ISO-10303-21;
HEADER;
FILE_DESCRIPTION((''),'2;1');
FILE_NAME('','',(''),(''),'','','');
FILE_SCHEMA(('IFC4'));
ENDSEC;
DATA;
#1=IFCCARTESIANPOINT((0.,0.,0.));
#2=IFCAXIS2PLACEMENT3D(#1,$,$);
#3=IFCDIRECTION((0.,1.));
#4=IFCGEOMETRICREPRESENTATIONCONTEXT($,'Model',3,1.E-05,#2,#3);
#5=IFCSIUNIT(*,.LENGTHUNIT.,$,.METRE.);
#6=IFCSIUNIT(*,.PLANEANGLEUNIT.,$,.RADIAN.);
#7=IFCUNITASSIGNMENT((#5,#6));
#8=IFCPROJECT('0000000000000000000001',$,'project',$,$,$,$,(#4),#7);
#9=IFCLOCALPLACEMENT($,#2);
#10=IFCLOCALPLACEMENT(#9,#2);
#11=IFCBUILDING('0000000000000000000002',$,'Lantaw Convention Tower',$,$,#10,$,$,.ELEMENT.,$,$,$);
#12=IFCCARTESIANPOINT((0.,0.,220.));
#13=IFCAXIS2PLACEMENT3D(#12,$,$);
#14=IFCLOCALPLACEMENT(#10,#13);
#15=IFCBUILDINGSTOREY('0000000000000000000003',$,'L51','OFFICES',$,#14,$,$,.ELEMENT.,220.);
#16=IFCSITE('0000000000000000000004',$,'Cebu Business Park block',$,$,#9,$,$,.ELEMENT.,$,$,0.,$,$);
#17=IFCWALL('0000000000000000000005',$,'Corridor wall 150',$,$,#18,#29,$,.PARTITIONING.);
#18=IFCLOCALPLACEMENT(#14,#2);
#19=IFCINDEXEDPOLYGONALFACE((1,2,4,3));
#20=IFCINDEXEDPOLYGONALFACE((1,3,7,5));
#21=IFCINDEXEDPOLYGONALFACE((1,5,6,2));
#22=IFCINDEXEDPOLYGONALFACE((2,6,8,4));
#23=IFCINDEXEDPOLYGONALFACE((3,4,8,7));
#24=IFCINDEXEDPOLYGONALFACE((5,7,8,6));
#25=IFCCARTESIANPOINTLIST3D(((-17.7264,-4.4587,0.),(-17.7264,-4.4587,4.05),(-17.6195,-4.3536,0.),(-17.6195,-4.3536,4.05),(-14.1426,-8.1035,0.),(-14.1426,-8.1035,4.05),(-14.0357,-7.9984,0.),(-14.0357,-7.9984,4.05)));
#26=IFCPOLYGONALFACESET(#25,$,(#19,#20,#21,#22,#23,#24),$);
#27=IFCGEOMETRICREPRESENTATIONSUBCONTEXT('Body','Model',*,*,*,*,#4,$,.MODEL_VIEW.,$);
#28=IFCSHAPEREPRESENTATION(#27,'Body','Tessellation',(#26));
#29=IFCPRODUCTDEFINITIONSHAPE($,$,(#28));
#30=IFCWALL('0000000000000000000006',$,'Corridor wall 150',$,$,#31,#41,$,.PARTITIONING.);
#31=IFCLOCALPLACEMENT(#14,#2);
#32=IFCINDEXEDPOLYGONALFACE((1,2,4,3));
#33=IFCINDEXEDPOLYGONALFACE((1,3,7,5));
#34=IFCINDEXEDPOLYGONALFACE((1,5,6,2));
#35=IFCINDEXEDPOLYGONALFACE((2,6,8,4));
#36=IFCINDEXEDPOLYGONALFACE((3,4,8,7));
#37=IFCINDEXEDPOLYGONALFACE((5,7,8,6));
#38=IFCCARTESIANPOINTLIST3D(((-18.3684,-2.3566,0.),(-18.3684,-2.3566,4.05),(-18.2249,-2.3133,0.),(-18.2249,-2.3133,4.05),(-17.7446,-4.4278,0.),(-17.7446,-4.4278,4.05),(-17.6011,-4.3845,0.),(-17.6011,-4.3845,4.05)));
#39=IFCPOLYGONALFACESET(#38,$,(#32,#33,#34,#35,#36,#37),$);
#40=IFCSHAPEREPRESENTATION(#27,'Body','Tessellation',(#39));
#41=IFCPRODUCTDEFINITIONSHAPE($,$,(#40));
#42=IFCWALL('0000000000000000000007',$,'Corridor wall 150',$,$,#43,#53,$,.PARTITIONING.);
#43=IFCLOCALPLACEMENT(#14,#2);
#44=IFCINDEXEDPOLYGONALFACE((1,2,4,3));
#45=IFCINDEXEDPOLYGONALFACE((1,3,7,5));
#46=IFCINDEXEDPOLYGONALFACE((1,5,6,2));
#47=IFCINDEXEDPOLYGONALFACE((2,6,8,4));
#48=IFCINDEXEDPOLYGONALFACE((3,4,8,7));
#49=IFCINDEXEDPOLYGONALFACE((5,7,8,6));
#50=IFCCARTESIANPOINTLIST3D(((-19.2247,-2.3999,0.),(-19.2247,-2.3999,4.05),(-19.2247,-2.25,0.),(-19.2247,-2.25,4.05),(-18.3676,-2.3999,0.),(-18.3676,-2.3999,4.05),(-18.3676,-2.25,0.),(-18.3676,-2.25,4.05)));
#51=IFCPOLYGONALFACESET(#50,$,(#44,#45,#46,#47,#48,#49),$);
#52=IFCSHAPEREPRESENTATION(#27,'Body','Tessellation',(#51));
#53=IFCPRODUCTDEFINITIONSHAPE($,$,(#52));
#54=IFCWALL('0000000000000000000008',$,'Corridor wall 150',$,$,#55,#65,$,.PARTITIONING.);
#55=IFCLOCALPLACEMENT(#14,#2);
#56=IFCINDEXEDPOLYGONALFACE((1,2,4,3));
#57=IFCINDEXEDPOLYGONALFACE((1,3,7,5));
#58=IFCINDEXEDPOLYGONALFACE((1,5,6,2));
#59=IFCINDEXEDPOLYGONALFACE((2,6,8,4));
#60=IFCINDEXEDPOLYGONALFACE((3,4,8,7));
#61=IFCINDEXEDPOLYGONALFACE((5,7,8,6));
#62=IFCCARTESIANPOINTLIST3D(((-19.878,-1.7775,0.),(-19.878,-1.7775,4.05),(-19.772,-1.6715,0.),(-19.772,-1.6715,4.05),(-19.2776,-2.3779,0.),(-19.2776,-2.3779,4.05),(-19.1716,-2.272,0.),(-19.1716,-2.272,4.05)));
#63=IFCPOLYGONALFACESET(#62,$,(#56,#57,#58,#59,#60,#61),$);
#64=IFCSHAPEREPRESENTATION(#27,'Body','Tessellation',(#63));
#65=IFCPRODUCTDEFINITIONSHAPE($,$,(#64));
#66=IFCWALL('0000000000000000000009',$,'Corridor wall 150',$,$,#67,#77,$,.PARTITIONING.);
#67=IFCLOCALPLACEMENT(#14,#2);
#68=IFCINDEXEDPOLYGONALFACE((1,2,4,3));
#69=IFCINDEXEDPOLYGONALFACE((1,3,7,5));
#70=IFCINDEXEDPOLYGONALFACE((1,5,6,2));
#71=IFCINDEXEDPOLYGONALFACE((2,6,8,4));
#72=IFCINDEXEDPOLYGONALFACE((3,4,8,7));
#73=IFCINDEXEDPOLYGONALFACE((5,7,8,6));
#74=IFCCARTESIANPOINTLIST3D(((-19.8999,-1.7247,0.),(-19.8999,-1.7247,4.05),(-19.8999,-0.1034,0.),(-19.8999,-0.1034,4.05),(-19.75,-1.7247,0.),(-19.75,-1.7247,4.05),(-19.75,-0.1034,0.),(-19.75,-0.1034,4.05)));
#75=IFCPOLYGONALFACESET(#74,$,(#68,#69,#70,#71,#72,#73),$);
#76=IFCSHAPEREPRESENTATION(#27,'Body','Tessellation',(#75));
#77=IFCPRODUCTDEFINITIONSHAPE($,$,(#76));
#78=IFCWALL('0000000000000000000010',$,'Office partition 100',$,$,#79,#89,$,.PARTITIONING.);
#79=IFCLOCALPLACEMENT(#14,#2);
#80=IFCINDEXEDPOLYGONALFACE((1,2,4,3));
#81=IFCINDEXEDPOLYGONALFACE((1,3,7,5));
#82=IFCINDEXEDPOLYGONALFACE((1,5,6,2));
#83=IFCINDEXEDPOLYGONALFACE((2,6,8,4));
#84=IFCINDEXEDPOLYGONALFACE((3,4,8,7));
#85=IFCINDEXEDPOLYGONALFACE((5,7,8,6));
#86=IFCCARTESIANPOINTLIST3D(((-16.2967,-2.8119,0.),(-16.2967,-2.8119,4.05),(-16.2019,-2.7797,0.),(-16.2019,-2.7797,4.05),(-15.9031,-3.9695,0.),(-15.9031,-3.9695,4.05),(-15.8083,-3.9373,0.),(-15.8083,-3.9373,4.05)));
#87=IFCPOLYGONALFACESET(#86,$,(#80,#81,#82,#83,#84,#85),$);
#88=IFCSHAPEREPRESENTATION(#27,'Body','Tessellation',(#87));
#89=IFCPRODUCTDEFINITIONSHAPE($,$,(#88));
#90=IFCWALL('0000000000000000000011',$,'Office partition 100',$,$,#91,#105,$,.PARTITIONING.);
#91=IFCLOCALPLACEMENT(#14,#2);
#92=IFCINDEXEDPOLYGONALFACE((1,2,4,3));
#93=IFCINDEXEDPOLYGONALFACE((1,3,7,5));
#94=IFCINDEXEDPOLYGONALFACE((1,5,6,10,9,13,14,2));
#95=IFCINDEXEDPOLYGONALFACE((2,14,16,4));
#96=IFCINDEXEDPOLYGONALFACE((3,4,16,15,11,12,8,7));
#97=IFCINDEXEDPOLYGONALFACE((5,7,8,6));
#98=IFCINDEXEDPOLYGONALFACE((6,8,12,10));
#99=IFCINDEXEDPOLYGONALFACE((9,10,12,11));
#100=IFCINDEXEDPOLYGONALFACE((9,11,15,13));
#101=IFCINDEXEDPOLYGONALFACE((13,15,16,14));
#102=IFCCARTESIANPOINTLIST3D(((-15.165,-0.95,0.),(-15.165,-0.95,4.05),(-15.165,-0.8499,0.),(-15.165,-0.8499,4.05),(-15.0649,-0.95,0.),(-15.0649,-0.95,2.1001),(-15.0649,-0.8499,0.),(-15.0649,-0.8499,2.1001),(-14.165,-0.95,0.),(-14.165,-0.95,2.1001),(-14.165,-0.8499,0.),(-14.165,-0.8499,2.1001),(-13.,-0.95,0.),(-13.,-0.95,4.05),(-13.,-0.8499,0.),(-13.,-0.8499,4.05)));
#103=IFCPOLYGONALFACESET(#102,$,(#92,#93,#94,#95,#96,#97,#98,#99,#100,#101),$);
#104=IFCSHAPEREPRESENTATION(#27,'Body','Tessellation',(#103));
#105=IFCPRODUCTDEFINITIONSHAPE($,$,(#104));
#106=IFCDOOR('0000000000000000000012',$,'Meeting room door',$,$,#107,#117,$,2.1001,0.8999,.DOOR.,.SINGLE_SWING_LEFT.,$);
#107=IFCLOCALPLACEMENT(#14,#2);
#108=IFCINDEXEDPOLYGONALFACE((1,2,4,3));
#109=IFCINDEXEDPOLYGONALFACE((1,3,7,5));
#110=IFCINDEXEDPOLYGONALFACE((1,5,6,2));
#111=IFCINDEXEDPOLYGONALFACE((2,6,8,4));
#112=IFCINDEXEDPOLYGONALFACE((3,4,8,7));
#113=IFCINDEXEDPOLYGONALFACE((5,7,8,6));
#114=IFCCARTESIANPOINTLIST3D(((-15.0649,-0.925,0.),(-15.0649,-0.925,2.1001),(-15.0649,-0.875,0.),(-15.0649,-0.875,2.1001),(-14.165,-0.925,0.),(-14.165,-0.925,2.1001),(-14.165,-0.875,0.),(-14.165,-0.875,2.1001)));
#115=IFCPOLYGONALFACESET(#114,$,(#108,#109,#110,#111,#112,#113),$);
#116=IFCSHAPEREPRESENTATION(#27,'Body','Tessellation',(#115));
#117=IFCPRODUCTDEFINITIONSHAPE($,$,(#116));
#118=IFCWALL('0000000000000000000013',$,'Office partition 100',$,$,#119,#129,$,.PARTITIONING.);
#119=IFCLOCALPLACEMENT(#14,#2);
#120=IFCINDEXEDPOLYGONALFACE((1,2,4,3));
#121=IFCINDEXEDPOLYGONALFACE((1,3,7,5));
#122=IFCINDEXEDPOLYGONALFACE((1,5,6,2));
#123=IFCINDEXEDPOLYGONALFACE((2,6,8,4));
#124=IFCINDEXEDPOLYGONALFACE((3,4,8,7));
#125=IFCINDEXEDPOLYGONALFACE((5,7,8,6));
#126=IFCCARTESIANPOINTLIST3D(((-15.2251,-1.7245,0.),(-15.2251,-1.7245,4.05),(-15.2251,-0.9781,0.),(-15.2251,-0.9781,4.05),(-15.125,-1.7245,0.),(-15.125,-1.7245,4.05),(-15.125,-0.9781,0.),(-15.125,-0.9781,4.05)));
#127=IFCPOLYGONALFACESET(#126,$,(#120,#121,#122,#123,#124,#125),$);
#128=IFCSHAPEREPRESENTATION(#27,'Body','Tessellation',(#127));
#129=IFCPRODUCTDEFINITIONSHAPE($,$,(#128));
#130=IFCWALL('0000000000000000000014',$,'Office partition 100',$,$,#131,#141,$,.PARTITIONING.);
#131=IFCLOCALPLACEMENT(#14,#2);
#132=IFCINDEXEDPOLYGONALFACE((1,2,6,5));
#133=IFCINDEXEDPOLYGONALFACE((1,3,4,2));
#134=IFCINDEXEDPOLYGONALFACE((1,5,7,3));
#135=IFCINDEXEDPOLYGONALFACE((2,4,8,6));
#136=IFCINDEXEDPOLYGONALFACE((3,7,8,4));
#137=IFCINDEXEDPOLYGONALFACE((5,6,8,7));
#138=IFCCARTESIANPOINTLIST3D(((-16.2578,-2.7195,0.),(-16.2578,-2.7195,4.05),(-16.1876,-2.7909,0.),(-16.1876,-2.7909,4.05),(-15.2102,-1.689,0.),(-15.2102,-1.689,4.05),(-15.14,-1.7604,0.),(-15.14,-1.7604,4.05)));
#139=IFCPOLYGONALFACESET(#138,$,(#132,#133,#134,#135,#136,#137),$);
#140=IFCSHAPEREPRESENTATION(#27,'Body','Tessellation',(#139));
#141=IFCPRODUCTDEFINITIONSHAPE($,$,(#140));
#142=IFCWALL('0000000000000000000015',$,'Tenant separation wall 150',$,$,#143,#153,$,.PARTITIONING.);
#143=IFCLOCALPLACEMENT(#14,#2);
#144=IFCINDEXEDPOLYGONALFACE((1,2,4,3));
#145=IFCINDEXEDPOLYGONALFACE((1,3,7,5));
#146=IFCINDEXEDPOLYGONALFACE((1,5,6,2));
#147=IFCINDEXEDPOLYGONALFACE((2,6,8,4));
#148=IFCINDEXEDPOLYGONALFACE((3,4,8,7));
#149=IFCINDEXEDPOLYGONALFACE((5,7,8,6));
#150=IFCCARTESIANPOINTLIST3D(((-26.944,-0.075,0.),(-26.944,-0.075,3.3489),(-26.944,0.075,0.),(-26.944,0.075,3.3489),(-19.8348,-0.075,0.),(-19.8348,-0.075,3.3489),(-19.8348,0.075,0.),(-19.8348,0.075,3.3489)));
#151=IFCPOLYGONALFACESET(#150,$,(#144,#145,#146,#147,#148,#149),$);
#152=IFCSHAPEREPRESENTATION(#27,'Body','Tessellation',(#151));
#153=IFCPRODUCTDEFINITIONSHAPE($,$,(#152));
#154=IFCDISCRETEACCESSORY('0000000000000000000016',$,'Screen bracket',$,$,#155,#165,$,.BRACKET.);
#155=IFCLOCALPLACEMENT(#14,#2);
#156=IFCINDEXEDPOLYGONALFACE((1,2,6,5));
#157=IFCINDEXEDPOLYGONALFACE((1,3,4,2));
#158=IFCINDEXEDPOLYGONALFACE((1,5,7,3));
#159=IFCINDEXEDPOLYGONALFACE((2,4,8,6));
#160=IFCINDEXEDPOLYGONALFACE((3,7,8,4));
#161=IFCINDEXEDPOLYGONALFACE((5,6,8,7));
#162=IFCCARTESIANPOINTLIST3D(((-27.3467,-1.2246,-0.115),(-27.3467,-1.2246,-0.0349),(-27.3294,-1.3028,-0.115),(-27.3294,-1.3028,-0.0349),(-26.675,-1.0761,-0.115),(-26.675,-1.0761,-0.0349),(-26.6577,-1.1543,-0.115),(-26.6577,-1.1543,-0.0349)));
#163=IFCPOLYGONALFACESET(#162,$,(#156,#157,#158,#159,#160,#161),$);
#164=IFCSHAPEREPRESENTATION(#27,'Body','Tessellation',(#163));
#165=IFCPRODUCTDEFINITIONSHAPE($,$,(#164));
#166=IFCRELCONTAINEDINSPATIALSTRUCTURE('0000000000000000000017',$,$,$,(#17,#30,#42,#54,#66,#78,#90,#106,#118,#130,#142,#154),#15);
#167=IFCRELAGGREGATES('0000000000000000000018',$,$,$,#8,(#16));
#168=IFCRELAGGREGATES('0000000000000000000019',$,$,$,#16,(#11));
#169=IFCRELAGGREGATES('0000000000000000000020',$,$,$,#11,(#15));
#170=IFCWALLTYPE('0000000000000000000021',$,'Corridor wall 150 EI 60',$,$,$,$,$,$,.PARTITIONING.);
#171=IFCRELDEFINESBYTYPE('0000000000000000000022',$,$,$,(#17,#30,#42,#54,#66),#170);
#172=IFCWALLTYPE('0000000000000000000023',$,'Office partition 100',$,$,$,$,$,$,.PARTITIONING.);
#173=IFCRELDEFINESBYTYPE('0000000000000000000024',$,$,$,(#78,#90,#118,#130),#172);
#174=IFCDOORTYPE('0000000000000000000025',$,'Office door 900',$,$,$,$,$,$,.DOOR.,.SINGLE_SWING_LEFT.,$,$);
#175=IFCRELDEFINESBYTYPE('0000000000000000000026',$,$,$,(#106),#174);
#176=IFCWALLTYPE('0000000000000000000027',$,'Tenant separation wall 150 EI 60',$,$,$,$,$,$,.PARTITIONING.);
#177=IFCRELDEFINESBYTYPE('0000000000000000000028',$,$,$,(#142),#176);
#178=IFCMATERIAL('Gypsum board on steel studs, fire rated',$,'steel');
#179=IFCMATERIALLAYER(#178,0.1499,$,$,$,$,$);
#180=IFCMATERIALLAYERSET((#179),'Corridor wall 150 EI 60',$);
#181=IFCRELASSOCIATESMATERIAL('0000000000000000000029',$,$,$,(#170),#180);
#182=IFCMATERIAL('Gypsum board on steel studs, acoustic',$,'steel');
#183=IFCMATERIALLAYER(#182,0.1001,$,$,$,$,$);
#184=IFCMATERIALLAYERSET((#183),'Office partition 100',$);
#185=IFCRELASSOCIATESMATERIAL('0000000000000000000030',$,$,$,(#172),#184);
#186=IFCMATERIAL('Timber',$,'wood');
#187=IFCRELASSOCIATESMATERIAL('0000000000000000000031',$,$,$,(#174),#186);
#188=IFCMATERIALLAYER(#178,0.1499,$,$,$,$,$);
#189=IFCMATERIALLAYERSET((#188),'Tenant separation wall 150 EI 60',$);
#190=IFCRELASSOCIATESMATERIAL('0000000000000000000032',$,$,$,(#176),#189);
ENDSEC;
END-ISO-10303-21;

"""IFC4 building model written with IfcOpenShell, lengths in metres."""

from ifc_helpers import new_model, si_unit, direction, frame, frame_2d, origin, origin_2d, place, context, subcontext, project, spatial, rectangle, extrude, material, layer, layer_set, type_object, element, fill, save


model = new_model("IFC4")

# Units and contexts
model_context = context("Model", 3, precision=1e-05, world=origin(), true_north=direction((0.0, 1.0)))
body_context = subcontext(model_context, "Body", "Model", "MODEL_VIEW")
ifc_project = project(units=[si_unit("LENGTHUNIT", "METRE"), si_unit("PLANEANGLEUNIT", "RADIAN")], contexts=[model_context])

# Site, building, storey
site_placement = place(None, origin())
site = spatial("IfcSite", under=ifc_project, at=site_placement, Name="Cebu Business Park block", CompositionType="ELEMENT", RefElevation=0.0)
building_placement = place(site_placement, origin())
building = spatial("IfcBuilding", under=site, at=building_placement, Name="Lantaw Convention Tower", CompositionType="ELEMENT")
storey_placement = place(building_placement, frame((0.0, 0.0, 220.0)))
storey = spatial("IfcBuildingStorey", under=building, at=storey_placement, Name="L51", Description="OFFICES", CompositionType="ELEMENT", Elevation=220.0)

# Walls
ifc_material_1 = material(Name="Gypsum board on steel studs, fire rated", Category="steel")
ifc_layer_1 = layer(ifc_material_1, 0.1499)
ifc_layer_set_1 = layer_set([ifc_layer_1], Name="Corridor wall 150 EI 60")
wall_type_1 = type_object("IfcWallType", Name="Corridor wall 150 EI 60", PredefinedType="PARTITIONING", material=ifc_layer_set_1)
wall_1_placement = place(storey_placement, frame((-17.6729, -4.4062, 0.0), z_axis=(0.0, 0.0, 1.0), x_axis=(0.701111, -0.713052, 0.0)))
element("IfcWall", 1, at=wall_1_placement, inside=storey, type_object=wall_type_1, Name="Corridor wall 150", PredefinedType="PARTITIONING", context=body_context, shape_type="SweptSolid", body=[
    extrude(rectangle(XDim=5.1116, YDim=0.1499, at=frame_2d((2.5557, 0.0))), origin(), (0.0, 0.0, 1.0), 4.05),
])
wall_2_placement = place(storey_placement, frame((-18.2966, -2.335, 0.0), z_axis=(0.0, 0.0, 1.0), x_axis=(0.288362, -0.957521, 0.0)))
element("IfcWall", 2, at=wall_2_placement, inside=storey, type_object=wall_type_1, Name="Corridor wall 150", PredefinedType="PARTITIONING", context=body_context, shape_type="SweptSolid", body=[
    extrude(rectangle(XDim=2.1631, YDim=0.1499, at=frame_2d((1.0815, 0.0))), origin(), (0.0, 0.0, 1.0), 4.05),
])
wall_3_placement = place(storey_placement, frame((-18.3674, -2.325, 0.0), z_axis=(0.0, 0.0, 1.0), x_axis=(-1.0, 0.0, 0.0)))
element("IfcWall", 3, at=wall_3_placement, inside=storey, type_object=wall_type_1, Name="Corridor wall 150", PredefinedType="PARTITIONING", context=body_context, shape_type="SweptSolid", body=[
    extrude(rectangle(XDim=0.8572, YDim=0.1499, at=frame_2d((0.4287, 0.0))), origin(), (0.0, 0.0, 1.0), 4.05),
])
wall_4_placement = place(storey_placement, frame((-19.2246, -2.325, 0.0), z_axis=(0.0, 0.0, 1.0), x_axis=(-0.707107, 0.707107, 0.0)))
element("IfcWall", 4, at=wall_4_placement, inside=storey, type_object=wall_type_1, Name="Corridor wall 150", PredefinedType="PARTITIONING", context=body_context, shape_type="SweptSolid", body=[
    extrude(rectangle(XDim=0.8491, YDim=0.1499, at=frame_2d((0.4246, 0.0))), origin(), (0.0, 0.0, 1.0), 4.05),
])
wall_5_placement = place(storey_placement, frame((-19.825, -1.7246, 0.0), z_axis=(0.0, 0.0, 1.0), x_axis=(0.0, 1.0, 0.0)))
element("IfcWall", 5, at=wall_5_placement, inside=storey, type_object=wall_type_1, Name="Corridor wall 150", PredefinedType="PARTITIONING", context=body_context, shape_type="SweptSolid", body=[
    extrude(rectangle(XDim=1.6213, YDim=0.1499, at=frame_2d((0.8105, 0.0))), origin(), (0.0, 0.0, 1.0), 4.05),
])
ifc_material_2 = material(Name="Gypsum board on steel studs, acoustic", Category="steel")
ifc_layer_2 = layer(ifc_material_2, 0.1001)
ifc_layer_set_2 = layer_set([ifc_layer_2], Name="Office partition 100")
wall_type_2 = type_object("IfcWallType", Name="Office partition 100", PredefinedType="PARTITIONING", material=ifc_layer_set_2)
wall_6_placement = place(storey_placement, frame((-15.8557, -3.9534, 0.0), z_axis=(0.0, 0.0, 1.0), x_axis=(-0.321913, 0.946769, 0.0)))
element("IfcWall", 6, at=wall_6_placement, inside=storey, type_object=wall_type_2, Name="Office partition 100", PredefinedType="PARTITIONING", context=body_context, shape_type="SweptSolid", body=[
    extrude(rectangle(XDim=1.2227, YDim=0.1001, at=frame_2d((0.6113, 0.0))), origin(), (0.0, 0.0, 1.0), 4.05),
])

# Wall, opening, door
wall_7_placement = place(storey_placement, frame((-15.165, -0.8999, 0.0), z_axis=(0.0, 0.0, 1.0), x_axis=(1.0, 0.0, 0.0)))
wall_7 = element("IfcWall", 7, at=wall_7_placement, inside=storey, type_object=wall_type_2, Name="Office partition 100", PredefinedType="PARTITIONING", context=body_context, shape_type="SweptSolid", body=[
    extrude(rectangle(XDim=2.165, YDim=0.1001, at=frame_2d((1.0825, 0.0))), origin(), (0.0, 0.0, 1.0), 4.05),
])
opening_placement = place(wall_7_placement, frame((0.1001, 0.0, 0.0)))
opening = element("IfcOpeningElement", 8, at=opening_placement, cuts=wall_7, PredefinedType="OPENING", context=body_context, shape_type="SweptSolid", body=[
    extrude(rectangle(XDim=0.8999, YDim=2.1001, at=frame_2d((0.45, 1.05))), frame((0.0, 0.0601, 0.0), z_axis=(0.0, -1.0, 0.0), x_axis=(1.0, 0.0, 0.0)), (0.0, 0.0, 1.0), 0.1201),
])
ifc_material_3 = material(Name="Timber", Category="wood")
door_type = type_object("IfcDoorType", Name="Office door 900", OperationType="SINGLE_SWING_LEFT", PredefinedType="DOOR", material=ifc_material_3)
door_placement = place(opening_placement, origin())
door = element("IfcDoor", 9, at=door_placement, inside=storey, type_object=door_type, Name="Meeting room door", OperationType="SINGLE_SWING_LEFT", OverallHeight=2.1001, OverallWidth=0.8999, PredefinedType="DOOR", context=body_context, shape_type="SweptSolid", body=[
    extrude(rectangle(XDim=0.8999, YDim=2.1001, at=frame_2d((0.45, 1.05))), frame((0.0, 0.0249, 0.0), z_axis=(0.0, -1.0, 0.0), x_axis=(1.0, 0.0, 0.0)), (0.0, 0.0, 1.0), 0.05),
])
fill(opening, door)

# Walls
wall_8_placement = place(storey_placement, frame((-15.175, -0.9783, 0.0), z_axis=(0.0, 0.0, 1.0), x_axis=(0.0, -1.0, 0.0)))
element("IfcWall", 10, at=wall_8_placement, inside=storey, type_object=wall_type_2, Name="Office partition 100", PredefinedType="PARTITIONING", context=body_context, shape_type="SweptSolid", body=[
    extrude(rectangle(XDim=0.7463, YDim=0.1001, at=frame_2d((0.373, 0.0))), origin(), (0.0, 0.0, 1.0), 4.05),
])
wall_9_placement = place(storey_placement, frame((-15.175, -1.7246, 0.0), z_axis=(0.0, 0.0, 1.0), x_axis=(-0.712898, -0.701268, 0.0)))
element("IfcWall", 11, at=wall_9_placement, inside=storey, type_object=wall_type_2, Name="Office partition 100", PredefinedType="PARTITIONING", context=body_context, shape_type="SweptSolid", body=[
    extrude(rectangle(XDim=1.4695, YDim=0.1001, at=frame_2d((0.7349, 0.0))), origin(), (0.0, 0.0, 1.0), 4.05),
])
ifc_layer_3 = layer(ifc_material_1, 0.1499)
ifc_layer_set_3 = layer_set([ifc_layer_3], Name="Tenant separation wall 150 EI 60")
wall_type_3 = type_object("IfcWallType", Name="Tenant separation wall 150 EI 60", PredefinedType="PARTITIONING", material=ifc_layer_set_3)
wall_10_placement = place(storey_placement, frame((-26.9441, 0.0, 0.0), z_axis=(0.0, 0.0, 1.0), x_axis=(1.0, 0.0, 0.0)))
element("IfcWall", 12, at=wall_10_placement, inside=storey, type_object=wall_type_3, Name="Tenant separation wall 150", PredefinedType="PARTITIONING", context=body_context, shape_type="SweptSolid", body=[
    extrude(rectangle(XDim=7.1091, YDim=0.1499, at=frame_2d((3.5547, 0.0))), origin(), (0.0, 0.0, 1.0), 3.3489),
])

# Discrete accessory
discrete_accessory_placement = place(storey_placement, frame((-27.0022, -1.1895, -0.115), z_axis=(0.0, 0.0, 1.0), x_axis=(0.215891, -0.976417, 0.0)))
element("IfcDiscreteAccessory", 13, at=discrete_accessory_placement, inside=storey, Name="Screen bracket", PredefinedType="BRACKET", context=body_context, shape_type="SweptSolid", body=[
    extrude(rectangle(XDim=0.0801, YDim=0.688, at=origin_2d()), origin(), (0.0, 0.0, 1.0), 0.0801),
])

save(model, "model.ifc")
